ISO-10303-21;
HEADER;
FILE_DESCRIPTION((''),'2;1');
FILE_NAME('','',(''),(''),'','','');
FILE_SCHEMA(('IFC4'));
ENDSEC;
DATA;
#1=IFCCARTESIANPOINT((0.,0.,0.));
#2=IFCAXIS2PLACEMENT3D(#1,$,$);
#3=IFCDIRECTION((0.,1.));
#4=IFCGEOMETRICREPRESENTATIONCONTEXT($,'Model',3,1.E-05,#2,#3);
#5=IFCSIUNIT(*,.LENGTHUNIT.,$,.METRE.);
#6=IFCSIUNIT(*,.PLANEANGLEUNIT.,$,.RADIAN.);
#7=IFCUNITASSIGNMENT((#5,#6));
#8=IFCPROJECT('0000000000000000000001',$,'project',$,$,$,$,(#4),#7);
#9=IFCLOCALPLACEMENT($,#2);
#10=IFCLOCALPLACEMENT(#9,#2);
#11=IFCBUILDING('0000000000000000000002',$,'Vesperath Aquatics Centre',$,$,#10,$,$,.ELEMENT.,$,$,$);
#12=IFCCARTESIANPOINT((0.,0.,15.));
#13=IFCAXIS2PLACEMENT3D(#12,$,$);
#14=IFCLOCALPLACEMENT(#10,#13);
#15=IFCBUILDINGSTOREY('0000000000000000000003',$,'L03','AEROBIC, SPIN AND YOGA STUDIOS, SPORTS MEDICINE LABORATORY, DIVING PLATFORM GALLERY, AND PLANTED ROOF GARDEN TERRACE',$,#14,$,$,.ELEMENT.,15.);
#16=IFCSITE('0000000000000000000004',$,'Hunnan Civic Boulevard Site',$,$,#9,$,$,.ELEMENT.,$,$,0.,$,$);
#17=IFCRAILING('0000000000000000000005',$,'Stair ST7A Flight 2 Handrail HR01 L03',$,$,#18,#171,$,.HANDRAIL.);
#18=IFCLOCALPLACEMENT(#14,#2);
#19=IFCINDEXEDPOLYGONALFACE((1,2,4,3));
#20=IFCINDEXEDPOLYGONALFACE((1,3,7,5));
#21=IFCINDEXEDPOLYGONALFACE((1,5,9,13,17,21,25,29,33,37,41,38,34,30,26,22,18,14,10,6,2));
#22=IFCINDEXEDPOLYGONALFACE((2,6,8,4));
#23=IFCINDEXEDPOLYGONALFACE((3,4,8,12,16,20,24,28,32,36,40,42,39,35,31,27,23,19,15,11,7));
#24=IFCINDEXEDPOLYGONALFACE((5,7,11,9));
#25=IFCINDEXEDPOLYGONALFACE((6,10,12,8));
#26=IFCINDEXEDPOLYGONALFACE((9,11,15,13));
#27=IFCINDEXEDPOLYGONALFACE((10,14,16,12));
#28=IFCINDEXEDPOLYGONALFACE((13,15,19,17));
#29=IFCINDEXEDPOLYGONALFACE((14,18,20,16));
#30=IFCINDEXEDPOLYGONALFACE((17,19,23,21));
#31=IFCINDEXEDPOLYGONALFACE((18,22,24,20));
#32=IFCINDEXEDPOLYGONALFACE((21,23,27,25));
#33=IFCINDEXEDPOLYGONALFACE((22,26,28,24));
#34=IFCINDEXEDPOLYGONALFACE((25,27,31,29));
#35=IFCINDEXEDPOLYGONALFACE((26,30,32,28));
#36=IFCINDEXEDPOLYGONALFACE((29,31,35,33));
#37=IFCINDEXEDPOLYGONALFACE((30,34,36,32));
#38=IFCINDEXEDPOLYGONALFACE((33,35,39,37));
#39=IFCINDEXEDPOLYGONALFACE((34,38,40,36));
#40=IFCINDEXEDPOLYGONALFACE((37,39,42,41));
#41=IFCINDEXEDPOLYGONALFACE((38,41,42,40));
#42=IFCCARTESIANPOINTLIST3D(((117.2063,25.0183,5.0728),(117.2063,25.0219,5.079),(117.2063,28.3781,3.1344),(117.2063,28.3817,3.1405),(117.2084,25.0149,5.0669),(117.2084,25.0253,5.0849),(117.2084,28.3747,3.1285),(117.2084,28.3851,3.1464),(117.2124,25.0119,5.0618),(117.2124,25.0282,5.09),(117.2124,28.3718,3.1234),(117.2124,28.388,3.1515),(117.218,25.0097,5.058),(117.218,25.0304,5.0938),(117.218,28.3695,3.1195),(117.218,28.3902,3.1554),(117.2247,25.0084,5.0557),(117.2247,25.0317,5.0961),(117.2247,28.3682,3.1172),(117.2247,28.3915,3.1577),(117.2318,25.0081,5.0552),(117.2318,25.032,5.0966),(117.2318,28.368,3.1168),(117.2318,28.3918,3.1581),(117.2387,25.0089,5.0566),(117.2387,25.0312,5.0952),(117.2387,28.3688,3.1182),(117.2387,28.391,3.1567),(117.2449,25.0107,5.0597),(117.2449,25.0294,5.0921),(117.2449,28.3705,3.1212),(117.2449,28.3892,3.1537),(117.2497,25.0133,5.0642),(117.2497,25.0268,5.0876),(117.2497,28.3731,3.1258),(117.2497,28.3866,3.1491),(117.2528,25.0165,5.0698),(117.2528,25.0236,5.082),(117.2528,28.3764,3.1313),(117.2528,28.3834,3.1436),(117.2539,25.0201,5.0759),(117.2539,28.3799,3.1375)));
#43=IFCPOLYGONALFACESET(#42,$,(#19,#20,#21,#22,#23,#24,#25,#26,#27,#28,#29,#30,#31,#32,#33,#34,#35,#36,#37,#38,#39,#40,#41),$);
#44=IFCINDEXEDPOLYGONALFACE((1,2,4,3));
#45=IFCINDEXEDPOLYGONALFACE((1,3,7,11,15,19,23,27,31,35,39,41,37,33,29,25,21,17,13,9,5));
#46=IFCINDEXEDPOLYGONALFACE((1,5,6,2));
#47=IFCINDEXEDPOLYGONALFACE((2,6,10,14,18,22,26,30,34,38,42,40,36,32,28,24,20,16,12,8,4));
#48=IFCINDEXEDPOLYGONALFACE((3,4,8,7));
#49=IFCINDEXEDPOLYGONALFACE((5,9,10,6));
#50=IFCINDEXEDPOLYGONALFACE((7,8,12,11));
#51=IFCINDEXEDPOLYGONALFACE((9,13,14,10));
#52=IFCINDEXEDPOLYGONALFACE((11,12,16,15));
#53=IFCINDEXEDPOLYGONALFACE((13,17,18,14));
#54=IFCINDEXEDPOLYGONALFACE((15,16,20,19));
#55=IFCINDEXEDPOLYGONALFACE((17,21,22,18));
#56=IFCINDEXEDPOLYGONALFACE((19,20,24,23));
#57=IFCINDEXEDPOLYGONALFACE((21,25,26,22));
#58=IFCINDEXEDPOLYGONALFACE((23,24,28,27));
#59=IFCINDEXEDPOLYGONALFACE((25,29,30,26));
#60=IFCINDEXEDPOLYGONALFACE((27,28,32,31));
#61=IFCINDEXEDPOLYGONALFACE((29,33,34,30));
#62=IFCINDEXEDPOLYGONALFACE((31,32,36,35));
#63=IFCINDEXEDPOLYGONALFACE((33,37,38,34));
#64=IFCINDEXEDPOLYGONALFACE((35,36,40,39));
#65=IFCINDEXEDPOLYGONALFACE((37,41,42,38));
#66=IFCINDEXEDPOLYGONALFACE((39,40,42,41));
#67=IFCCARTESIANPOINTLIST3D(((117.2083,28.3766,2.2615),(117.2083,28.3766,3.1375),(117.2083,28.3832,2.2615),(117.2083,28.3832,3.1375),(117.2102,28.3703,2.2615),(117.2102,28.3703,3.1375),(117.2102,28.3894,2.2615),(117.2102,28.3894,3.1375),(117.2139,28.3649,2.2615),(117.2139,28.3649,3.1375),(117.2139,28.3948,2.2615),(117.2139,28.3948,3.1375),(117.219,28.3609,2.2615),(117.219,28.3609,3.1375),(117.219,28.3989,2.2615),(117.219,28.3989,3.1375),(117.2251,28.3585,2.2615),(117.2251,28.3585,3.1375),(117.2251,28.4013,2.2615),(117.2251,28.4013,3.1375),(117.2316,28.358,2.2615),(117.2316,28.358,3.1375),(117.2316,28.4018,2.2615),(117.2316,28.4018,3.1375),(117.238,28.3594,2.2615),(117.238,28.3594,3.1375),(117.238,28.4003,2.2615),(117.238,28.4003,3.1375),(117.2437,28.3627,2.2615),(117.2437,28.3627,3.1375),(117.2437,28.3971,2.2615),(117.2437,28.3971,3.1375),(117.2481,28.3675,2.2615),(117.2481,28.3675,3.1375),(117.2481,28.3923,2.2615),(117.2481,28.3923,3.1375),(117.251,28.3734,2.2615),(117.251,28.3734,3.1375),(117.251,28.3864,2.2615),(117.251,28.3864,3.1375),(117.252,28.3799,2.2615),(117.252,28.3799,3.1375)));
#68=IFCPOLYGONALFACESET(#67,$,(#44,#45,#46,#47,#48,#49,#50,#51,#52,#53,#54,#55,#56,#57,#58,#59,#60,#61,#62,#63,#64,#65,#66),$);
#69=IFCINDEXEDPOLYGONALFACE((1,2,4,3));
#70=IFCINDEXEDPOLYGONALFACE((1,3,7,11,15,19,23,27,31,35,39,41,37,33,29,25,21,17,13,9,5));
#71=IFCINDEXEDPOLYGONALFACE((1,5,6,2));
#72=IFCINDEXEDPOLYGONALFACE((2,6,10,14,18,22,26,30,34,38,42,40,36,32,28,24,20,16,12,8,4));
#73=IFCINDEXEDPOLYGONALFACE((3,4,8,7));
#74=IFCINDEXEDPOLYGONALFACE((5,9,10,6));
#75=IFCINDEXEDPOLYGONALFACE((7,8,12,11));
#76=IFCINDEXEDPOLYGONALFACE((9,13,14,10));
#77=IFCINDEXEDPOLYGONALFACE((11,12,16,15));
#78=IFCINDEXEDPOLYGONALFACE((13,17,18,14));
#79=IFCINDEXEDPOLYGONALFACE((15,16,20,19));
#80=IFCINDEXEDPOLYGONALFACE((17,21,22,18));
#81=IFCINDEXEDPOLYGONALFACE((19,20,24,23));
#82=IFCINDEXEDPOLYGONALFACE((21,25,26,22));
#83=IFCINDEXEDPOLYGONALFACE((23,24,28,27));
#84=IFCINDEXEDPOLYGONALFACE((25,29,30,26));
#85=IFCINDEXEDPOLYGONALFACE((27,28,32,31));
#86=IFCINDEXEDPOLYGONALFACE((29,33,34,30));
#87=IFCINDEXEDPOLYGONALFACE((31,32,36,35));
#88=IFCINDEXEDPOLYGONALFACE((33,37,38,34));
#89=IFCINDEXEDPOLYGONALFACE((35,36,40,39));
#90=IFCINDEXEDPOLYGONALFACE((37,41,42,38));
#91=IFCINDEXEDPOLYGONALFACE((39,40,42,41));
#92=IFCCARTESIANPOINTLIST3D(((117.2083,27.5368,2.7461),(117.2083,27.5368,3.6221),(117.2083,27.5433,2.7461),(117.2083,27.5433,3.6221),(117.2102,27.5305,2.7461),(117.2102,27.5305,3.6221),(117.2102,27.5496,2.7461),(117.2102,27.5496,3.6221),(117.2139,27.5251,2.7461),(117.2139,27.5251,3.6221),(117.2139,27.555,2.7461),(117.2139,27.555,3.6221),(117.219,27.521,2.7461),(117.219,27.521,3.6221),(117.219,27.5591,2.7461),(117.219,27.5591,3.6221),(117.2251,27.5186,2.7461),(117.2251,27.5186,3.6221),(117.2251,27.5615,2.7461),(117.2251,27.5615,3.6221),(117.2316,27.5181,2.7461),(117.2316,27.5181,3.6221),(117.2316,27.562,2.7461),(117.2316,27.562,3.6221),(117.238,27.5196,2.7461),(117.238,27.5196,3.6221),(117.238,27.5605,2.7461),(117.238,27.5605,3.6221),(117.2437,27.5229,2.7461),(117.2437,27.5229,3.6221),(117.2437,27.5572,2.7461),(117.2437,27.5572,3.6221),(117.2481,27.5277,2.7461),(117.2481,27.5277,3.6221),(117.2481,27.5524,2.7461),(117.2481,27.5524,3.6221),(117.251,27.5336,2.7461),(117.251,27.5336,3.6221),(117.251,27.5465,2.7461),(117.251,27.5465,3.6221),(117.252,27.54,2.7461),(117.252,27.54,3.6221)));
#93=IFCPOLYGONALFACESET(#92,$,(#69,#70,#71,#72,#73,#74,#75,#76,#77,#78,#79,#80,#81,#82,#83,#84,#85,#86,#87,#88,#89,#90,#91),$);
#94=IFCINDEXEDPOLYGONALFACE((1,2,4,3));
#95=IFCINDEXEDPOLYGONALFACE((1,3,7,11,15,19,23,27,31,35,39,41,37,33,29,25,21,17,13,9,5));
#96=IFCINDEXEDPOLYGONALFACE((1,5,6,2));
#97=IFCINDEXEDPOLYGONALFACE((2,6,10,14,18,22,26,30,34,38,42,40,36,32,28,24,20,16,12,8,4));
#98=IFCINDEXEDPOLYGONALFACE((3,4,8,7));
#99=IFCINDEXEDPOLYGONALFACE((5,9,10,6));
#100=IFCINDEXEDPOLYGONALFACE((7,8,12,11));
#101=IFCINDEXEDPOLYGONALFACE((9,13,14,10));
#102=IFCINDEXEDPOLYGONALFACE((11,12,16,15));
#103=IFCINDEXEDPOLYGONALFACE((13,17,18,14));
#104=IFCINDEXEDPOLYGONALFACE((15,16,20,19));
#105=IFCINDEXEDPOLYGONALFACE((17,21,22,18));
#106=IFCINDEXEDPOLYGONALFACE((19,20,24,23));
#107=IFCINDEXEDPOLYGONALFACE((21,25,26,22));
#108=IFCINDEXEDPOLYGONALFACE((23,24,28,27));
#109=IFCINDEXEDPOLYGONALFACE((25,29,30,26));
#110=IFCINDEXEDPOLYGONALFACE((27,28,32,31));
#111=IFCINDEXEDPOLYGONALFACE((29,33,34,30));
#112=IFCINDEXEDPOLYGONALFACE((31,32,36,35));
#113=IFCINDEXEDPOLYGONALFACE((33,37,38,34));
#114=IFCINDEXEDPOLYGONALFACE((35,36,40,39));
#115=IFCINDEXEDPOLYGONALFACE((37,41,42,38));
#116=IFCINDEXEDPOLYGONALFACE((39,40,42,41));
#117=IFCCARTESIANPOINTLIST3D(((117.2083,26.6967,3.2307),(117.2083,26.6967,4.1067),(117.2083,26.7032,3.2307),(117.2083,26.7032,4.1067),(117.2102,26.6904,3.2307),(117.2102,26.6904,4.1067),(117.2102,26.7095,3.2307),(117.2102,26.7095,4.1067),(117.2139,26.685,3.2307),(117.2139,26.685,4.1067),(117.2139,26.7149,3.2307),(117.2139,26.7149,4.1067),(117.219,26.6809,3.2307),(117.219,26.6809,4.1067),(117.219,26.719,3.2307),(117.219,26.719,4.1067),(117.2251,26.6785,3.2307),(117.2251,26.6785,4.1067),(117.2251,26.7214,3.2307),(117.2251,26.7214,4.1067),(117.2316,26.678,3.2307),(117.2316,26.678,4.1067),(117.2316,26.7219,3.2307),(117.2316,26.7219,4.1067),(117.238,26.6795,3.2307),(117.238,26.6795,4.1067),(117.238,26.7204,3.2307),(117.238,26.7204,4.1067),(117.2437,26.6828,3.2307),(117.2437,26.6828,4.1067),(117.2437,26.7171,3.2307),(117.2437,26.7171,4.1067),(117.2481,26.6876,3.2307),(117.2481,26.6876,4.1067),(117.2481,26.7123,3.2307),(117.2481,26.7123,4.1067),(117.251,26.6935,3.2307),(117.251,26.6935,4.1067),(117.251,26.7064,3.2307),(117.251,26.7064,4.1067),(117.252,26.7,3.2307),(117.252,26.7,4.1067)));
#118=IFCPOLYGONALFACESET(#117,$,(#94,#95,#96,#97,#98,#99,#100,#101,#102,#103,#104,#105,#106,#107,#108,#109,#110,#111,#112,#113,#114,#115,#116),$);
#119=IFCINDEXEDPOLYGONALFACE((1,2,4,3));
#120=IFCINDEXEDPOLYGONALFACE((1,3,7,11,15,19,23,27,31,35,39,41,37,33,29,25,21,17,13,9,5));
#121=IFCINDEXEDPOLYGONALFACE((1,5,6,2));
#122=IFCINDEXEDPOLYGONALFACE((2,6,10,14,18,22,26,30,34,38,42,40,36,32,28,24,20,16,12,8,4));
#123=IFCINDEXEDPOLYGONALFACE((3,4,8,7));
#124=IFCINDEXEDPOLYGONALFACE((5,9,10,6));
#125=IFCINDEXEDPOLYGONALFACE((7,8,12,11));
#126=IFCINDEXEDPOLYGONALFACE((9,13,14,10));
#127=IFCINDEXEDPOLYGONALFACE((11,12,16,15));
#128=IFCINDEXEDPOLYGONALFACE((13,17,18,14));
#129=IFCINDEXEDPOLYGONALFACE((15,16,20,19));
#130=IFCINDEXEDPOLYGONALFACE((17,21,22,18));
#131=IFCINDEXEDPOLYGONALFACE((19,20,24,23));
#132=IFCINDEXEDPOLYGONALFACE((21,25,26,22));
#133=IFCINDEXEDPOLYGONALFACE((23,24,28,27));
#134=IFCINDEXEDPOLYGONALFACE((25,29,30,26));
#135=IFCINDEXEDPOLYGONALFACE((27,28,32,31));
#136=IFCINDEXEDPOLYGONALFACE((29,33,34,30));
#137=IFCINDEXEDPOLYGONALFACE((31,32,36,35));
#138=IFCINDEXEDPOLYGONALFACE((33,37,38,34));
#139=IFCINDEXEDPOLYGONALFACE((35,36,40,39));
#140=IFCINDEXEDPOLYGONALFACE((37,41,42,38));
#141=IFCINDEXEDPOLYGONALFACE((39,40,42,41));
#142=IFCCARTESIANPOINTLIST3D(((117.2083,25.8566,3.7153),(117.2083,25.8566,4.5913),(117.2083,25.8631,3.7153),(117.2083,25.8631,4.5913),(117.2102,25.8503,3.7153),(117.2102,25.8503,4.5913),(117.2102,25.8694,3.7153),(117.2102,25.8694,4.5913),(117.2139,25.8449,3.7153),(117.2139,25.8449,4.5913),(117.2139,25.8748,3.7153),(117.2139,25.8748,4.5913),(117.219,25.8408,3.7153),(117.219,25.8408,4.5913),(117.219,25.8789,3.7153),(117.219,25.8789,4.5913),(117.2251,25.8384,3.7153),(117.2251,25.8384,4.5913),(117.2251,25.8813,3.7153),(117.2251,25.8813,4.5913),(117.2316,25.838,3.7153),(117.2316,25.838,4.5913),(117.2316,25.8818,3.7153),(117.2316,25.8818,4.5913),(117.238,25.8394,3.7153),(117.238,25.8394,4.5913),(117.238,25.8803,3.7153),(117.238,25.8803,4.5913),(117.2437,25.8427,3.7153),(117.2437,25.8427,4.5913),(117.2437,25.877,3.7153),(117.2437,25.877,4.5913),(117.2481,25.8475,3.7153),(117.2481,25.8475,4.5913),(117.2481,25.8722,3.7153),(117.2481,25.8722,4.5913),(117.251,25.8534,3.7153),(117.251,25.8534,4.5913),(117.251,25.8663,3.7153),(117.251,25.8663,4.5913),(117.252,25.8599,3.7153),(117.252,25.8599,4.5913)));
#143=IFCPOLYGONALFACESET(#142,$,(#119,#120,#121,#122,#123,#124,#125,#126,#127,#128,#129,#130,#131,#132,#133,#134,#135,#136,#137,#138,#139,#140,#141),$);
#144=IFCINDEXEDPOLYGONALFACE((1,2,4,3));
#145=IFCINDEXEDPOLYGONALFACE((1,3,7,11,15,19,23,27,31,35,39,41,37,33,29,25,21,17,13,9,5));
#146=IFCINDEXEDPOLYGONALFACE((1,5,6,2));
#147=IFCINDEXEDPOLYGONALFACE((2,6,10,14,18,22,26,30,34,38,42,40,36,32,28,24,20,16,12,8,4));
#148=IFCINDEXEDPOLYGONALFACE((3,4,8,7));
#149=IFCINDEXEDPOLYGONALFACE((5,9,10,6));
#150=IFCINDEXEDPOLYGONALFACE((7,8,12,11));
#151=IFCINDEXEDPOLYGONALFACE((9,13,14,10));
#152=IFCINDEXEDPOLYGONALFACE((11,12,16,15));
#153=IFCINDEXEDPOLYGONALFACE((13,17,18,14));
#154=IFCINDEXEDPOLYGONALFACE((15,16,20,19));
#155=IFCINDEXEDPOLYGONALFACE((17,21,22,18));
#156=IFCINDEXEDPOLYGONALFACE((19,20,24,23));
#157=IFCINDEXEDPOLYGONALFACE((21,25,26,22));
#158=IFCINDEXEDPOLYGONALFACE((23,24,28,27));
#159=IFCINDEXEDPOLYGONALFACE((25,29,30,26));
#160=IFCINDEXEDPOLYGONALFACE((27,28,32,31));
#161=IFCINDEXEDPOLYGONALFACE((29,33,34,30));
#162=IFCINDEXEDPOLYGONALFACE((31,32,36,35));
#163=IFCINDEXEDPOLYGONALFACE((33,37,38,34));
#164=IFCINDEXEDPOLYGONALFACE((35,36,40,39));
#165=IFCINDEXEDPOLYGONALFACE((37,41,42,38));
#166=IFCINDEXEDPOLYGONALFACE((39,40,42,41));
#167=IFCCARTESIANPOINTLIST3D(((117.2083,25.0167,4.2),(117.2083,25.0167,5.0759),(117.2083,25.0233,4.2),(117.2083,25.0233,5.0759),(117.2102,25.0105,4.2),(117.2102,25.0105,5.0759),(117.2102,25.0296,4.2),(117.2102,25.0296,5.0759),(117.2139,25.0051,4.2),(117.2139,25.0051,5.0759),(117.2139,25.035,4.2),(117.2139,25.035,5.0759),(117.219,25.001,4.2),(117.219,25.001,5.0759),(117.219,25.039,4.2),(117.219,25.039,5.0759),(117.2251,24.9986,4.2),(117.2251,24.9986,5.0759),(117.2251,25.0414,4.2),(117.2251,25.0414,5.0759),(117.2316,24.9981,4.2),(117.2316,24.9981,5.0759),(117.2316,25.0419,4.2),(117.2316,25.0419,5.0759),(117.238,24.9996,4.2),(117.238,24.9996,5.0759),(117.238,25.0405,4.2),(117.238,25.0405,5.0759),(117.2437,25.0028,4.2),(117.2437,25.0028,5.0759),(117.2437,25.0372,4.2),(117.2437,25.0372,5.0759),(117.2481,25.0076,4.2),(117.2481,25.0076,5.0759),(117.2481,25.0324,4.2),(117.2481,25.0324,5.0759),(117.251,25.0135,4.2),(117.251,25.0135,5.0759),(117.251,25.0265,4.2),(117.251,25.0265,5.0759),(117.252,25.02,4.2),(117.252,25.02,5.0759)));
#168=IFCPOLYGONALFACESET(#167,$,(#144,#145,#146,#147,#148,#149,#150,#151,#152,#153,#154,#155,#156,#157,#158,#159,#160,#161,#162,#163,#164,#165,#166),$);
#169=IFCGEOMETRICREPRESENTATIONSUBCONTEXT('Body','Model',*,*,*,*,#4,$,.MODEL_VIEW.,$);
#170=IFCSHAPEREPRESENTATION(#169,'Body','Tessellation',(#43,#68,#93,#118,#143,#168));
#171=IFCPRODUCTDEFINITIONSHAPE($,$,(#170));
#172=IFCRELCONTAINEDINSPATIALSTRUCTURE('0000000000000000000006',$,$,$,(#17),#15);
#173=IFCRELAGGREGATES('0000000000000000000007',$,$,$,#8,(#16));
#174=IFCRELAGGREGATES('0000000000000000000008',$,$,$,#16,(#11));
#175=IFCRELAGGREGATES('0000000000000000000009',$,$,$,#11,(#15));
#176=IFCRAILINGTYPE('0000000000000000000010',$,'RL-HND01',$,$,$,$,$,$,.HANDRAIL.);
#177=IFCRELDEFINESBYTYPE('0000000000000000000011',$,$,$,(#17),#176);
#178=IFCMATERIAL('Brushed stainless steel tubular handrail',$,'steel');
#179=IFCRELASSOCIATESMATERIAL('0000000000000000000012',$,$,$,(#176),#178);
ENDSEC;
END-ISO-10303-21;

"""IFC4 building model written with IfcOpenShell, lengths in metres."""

from ifc_helpers import new_model, si_unit, direction, frame, origin, origin_2d, place, context, subcontext, project, spatial, circle, extrude, material, type_object, element, save


model = new_model("IFC4")

# Units and contexts
model_context = context("Model", 3, precision=1e-05, world=origin(), true_north=direction((0.0, 1.0)))
body_context = subcontext(model_context, "Body", "Model", "MODEL_VIEW")
ifc_project = project(units=[si_unit("LENGTHUNIT", "METRE"), si_unit("PLANEANGLEUNIT", "RADIAN")], contexts=[model_context])

# Site, building, storey
site_placement = place(None, origin())
site = spatial("IfcSite", under=ifc_project, at=site_placement, Name="Hunnan Civic Boulevard Site", CompositionType="ELEMENT", RefElevation=0.0)
building_placement = place(site_placement, origin())
building = spatial("IfcBuilding", under=site, at=building_placement, Name="Vesperath Aquatics Centre", CompositionType="ELEMENT")
storey_placement = place(building_placement, frame((0.0, 0.0, 15.0)))
storey = spatial("IfcBuildingStorey", under=building, at=storey_placement, Name="L03", Description="AEROBIC, SPIN AND YOGA STUDIOS, SPORTS MEDICINE LABORATORY, DIVING PLATFORM GALLERY, AND PLANTED ROOF GARDEN TERRACE", CompositionType="ELEMENT", Elevation=15.0)

# Railing
ifc_material_1 = material(Name="Brushed stainless steel tubular handrail", Category="steel")
railing_type_1 = type_object("IfcRailingType", Name="RL-HND01", PredefinedType="HANDRAIL", material=ifc_material_1)
for number, where, name in (
    (1, (117.23, 28.3799, 2.2615), "Stair ST7A Flight 2 Handrail HR01 L03"),
):
    element("IfcRailing", number, at=place(storey_placement, frame(where)), inside=storey, type_object=railing_type_1, Name=name, PredefinedType="HANDRAIL", context=body_context, shape_type="SweptSolid", body=[
        extrude(circle(Radius=0.0239, at=origin_2d()), frame((0.0, 0.0, 0.876), z_axis=(0.0, -0.866175, 0.499741), x_axis=(1.0, 0.0, 0.0)), (0.0, 0.0, 1.0), 3.8789),
        extrude(circle(Radius=0.022, at=origin_2d()), origin(), (0.0, 0.0, 1.0), 0.876),
        extrude(circle(Radius=0.022, at=origin_2d()), frame((0.0, -0.8398, 0.4846)), (0.0, 0.0, 1.0), 0.876),
        extrude(circle(Radius=0.022, at=origin_2d()), frame((0.0, -1.6799, 0.9692)), (0.0, 0.0, 1.0), 0.876),
        extrude(circle(Radius=0.022, at=origin_2d()), frame((0.0, -2.52, 1.4539)), (0.0, 0.0, 1.0), 0.876),
        extrude(circle(Radius=0.022, at=origin_2d()), frame((0.0, -3.3599, 1.9385)), (0.0, 0.0, 1.0), 0.876),
    ])

save(model, "model.ifc")
